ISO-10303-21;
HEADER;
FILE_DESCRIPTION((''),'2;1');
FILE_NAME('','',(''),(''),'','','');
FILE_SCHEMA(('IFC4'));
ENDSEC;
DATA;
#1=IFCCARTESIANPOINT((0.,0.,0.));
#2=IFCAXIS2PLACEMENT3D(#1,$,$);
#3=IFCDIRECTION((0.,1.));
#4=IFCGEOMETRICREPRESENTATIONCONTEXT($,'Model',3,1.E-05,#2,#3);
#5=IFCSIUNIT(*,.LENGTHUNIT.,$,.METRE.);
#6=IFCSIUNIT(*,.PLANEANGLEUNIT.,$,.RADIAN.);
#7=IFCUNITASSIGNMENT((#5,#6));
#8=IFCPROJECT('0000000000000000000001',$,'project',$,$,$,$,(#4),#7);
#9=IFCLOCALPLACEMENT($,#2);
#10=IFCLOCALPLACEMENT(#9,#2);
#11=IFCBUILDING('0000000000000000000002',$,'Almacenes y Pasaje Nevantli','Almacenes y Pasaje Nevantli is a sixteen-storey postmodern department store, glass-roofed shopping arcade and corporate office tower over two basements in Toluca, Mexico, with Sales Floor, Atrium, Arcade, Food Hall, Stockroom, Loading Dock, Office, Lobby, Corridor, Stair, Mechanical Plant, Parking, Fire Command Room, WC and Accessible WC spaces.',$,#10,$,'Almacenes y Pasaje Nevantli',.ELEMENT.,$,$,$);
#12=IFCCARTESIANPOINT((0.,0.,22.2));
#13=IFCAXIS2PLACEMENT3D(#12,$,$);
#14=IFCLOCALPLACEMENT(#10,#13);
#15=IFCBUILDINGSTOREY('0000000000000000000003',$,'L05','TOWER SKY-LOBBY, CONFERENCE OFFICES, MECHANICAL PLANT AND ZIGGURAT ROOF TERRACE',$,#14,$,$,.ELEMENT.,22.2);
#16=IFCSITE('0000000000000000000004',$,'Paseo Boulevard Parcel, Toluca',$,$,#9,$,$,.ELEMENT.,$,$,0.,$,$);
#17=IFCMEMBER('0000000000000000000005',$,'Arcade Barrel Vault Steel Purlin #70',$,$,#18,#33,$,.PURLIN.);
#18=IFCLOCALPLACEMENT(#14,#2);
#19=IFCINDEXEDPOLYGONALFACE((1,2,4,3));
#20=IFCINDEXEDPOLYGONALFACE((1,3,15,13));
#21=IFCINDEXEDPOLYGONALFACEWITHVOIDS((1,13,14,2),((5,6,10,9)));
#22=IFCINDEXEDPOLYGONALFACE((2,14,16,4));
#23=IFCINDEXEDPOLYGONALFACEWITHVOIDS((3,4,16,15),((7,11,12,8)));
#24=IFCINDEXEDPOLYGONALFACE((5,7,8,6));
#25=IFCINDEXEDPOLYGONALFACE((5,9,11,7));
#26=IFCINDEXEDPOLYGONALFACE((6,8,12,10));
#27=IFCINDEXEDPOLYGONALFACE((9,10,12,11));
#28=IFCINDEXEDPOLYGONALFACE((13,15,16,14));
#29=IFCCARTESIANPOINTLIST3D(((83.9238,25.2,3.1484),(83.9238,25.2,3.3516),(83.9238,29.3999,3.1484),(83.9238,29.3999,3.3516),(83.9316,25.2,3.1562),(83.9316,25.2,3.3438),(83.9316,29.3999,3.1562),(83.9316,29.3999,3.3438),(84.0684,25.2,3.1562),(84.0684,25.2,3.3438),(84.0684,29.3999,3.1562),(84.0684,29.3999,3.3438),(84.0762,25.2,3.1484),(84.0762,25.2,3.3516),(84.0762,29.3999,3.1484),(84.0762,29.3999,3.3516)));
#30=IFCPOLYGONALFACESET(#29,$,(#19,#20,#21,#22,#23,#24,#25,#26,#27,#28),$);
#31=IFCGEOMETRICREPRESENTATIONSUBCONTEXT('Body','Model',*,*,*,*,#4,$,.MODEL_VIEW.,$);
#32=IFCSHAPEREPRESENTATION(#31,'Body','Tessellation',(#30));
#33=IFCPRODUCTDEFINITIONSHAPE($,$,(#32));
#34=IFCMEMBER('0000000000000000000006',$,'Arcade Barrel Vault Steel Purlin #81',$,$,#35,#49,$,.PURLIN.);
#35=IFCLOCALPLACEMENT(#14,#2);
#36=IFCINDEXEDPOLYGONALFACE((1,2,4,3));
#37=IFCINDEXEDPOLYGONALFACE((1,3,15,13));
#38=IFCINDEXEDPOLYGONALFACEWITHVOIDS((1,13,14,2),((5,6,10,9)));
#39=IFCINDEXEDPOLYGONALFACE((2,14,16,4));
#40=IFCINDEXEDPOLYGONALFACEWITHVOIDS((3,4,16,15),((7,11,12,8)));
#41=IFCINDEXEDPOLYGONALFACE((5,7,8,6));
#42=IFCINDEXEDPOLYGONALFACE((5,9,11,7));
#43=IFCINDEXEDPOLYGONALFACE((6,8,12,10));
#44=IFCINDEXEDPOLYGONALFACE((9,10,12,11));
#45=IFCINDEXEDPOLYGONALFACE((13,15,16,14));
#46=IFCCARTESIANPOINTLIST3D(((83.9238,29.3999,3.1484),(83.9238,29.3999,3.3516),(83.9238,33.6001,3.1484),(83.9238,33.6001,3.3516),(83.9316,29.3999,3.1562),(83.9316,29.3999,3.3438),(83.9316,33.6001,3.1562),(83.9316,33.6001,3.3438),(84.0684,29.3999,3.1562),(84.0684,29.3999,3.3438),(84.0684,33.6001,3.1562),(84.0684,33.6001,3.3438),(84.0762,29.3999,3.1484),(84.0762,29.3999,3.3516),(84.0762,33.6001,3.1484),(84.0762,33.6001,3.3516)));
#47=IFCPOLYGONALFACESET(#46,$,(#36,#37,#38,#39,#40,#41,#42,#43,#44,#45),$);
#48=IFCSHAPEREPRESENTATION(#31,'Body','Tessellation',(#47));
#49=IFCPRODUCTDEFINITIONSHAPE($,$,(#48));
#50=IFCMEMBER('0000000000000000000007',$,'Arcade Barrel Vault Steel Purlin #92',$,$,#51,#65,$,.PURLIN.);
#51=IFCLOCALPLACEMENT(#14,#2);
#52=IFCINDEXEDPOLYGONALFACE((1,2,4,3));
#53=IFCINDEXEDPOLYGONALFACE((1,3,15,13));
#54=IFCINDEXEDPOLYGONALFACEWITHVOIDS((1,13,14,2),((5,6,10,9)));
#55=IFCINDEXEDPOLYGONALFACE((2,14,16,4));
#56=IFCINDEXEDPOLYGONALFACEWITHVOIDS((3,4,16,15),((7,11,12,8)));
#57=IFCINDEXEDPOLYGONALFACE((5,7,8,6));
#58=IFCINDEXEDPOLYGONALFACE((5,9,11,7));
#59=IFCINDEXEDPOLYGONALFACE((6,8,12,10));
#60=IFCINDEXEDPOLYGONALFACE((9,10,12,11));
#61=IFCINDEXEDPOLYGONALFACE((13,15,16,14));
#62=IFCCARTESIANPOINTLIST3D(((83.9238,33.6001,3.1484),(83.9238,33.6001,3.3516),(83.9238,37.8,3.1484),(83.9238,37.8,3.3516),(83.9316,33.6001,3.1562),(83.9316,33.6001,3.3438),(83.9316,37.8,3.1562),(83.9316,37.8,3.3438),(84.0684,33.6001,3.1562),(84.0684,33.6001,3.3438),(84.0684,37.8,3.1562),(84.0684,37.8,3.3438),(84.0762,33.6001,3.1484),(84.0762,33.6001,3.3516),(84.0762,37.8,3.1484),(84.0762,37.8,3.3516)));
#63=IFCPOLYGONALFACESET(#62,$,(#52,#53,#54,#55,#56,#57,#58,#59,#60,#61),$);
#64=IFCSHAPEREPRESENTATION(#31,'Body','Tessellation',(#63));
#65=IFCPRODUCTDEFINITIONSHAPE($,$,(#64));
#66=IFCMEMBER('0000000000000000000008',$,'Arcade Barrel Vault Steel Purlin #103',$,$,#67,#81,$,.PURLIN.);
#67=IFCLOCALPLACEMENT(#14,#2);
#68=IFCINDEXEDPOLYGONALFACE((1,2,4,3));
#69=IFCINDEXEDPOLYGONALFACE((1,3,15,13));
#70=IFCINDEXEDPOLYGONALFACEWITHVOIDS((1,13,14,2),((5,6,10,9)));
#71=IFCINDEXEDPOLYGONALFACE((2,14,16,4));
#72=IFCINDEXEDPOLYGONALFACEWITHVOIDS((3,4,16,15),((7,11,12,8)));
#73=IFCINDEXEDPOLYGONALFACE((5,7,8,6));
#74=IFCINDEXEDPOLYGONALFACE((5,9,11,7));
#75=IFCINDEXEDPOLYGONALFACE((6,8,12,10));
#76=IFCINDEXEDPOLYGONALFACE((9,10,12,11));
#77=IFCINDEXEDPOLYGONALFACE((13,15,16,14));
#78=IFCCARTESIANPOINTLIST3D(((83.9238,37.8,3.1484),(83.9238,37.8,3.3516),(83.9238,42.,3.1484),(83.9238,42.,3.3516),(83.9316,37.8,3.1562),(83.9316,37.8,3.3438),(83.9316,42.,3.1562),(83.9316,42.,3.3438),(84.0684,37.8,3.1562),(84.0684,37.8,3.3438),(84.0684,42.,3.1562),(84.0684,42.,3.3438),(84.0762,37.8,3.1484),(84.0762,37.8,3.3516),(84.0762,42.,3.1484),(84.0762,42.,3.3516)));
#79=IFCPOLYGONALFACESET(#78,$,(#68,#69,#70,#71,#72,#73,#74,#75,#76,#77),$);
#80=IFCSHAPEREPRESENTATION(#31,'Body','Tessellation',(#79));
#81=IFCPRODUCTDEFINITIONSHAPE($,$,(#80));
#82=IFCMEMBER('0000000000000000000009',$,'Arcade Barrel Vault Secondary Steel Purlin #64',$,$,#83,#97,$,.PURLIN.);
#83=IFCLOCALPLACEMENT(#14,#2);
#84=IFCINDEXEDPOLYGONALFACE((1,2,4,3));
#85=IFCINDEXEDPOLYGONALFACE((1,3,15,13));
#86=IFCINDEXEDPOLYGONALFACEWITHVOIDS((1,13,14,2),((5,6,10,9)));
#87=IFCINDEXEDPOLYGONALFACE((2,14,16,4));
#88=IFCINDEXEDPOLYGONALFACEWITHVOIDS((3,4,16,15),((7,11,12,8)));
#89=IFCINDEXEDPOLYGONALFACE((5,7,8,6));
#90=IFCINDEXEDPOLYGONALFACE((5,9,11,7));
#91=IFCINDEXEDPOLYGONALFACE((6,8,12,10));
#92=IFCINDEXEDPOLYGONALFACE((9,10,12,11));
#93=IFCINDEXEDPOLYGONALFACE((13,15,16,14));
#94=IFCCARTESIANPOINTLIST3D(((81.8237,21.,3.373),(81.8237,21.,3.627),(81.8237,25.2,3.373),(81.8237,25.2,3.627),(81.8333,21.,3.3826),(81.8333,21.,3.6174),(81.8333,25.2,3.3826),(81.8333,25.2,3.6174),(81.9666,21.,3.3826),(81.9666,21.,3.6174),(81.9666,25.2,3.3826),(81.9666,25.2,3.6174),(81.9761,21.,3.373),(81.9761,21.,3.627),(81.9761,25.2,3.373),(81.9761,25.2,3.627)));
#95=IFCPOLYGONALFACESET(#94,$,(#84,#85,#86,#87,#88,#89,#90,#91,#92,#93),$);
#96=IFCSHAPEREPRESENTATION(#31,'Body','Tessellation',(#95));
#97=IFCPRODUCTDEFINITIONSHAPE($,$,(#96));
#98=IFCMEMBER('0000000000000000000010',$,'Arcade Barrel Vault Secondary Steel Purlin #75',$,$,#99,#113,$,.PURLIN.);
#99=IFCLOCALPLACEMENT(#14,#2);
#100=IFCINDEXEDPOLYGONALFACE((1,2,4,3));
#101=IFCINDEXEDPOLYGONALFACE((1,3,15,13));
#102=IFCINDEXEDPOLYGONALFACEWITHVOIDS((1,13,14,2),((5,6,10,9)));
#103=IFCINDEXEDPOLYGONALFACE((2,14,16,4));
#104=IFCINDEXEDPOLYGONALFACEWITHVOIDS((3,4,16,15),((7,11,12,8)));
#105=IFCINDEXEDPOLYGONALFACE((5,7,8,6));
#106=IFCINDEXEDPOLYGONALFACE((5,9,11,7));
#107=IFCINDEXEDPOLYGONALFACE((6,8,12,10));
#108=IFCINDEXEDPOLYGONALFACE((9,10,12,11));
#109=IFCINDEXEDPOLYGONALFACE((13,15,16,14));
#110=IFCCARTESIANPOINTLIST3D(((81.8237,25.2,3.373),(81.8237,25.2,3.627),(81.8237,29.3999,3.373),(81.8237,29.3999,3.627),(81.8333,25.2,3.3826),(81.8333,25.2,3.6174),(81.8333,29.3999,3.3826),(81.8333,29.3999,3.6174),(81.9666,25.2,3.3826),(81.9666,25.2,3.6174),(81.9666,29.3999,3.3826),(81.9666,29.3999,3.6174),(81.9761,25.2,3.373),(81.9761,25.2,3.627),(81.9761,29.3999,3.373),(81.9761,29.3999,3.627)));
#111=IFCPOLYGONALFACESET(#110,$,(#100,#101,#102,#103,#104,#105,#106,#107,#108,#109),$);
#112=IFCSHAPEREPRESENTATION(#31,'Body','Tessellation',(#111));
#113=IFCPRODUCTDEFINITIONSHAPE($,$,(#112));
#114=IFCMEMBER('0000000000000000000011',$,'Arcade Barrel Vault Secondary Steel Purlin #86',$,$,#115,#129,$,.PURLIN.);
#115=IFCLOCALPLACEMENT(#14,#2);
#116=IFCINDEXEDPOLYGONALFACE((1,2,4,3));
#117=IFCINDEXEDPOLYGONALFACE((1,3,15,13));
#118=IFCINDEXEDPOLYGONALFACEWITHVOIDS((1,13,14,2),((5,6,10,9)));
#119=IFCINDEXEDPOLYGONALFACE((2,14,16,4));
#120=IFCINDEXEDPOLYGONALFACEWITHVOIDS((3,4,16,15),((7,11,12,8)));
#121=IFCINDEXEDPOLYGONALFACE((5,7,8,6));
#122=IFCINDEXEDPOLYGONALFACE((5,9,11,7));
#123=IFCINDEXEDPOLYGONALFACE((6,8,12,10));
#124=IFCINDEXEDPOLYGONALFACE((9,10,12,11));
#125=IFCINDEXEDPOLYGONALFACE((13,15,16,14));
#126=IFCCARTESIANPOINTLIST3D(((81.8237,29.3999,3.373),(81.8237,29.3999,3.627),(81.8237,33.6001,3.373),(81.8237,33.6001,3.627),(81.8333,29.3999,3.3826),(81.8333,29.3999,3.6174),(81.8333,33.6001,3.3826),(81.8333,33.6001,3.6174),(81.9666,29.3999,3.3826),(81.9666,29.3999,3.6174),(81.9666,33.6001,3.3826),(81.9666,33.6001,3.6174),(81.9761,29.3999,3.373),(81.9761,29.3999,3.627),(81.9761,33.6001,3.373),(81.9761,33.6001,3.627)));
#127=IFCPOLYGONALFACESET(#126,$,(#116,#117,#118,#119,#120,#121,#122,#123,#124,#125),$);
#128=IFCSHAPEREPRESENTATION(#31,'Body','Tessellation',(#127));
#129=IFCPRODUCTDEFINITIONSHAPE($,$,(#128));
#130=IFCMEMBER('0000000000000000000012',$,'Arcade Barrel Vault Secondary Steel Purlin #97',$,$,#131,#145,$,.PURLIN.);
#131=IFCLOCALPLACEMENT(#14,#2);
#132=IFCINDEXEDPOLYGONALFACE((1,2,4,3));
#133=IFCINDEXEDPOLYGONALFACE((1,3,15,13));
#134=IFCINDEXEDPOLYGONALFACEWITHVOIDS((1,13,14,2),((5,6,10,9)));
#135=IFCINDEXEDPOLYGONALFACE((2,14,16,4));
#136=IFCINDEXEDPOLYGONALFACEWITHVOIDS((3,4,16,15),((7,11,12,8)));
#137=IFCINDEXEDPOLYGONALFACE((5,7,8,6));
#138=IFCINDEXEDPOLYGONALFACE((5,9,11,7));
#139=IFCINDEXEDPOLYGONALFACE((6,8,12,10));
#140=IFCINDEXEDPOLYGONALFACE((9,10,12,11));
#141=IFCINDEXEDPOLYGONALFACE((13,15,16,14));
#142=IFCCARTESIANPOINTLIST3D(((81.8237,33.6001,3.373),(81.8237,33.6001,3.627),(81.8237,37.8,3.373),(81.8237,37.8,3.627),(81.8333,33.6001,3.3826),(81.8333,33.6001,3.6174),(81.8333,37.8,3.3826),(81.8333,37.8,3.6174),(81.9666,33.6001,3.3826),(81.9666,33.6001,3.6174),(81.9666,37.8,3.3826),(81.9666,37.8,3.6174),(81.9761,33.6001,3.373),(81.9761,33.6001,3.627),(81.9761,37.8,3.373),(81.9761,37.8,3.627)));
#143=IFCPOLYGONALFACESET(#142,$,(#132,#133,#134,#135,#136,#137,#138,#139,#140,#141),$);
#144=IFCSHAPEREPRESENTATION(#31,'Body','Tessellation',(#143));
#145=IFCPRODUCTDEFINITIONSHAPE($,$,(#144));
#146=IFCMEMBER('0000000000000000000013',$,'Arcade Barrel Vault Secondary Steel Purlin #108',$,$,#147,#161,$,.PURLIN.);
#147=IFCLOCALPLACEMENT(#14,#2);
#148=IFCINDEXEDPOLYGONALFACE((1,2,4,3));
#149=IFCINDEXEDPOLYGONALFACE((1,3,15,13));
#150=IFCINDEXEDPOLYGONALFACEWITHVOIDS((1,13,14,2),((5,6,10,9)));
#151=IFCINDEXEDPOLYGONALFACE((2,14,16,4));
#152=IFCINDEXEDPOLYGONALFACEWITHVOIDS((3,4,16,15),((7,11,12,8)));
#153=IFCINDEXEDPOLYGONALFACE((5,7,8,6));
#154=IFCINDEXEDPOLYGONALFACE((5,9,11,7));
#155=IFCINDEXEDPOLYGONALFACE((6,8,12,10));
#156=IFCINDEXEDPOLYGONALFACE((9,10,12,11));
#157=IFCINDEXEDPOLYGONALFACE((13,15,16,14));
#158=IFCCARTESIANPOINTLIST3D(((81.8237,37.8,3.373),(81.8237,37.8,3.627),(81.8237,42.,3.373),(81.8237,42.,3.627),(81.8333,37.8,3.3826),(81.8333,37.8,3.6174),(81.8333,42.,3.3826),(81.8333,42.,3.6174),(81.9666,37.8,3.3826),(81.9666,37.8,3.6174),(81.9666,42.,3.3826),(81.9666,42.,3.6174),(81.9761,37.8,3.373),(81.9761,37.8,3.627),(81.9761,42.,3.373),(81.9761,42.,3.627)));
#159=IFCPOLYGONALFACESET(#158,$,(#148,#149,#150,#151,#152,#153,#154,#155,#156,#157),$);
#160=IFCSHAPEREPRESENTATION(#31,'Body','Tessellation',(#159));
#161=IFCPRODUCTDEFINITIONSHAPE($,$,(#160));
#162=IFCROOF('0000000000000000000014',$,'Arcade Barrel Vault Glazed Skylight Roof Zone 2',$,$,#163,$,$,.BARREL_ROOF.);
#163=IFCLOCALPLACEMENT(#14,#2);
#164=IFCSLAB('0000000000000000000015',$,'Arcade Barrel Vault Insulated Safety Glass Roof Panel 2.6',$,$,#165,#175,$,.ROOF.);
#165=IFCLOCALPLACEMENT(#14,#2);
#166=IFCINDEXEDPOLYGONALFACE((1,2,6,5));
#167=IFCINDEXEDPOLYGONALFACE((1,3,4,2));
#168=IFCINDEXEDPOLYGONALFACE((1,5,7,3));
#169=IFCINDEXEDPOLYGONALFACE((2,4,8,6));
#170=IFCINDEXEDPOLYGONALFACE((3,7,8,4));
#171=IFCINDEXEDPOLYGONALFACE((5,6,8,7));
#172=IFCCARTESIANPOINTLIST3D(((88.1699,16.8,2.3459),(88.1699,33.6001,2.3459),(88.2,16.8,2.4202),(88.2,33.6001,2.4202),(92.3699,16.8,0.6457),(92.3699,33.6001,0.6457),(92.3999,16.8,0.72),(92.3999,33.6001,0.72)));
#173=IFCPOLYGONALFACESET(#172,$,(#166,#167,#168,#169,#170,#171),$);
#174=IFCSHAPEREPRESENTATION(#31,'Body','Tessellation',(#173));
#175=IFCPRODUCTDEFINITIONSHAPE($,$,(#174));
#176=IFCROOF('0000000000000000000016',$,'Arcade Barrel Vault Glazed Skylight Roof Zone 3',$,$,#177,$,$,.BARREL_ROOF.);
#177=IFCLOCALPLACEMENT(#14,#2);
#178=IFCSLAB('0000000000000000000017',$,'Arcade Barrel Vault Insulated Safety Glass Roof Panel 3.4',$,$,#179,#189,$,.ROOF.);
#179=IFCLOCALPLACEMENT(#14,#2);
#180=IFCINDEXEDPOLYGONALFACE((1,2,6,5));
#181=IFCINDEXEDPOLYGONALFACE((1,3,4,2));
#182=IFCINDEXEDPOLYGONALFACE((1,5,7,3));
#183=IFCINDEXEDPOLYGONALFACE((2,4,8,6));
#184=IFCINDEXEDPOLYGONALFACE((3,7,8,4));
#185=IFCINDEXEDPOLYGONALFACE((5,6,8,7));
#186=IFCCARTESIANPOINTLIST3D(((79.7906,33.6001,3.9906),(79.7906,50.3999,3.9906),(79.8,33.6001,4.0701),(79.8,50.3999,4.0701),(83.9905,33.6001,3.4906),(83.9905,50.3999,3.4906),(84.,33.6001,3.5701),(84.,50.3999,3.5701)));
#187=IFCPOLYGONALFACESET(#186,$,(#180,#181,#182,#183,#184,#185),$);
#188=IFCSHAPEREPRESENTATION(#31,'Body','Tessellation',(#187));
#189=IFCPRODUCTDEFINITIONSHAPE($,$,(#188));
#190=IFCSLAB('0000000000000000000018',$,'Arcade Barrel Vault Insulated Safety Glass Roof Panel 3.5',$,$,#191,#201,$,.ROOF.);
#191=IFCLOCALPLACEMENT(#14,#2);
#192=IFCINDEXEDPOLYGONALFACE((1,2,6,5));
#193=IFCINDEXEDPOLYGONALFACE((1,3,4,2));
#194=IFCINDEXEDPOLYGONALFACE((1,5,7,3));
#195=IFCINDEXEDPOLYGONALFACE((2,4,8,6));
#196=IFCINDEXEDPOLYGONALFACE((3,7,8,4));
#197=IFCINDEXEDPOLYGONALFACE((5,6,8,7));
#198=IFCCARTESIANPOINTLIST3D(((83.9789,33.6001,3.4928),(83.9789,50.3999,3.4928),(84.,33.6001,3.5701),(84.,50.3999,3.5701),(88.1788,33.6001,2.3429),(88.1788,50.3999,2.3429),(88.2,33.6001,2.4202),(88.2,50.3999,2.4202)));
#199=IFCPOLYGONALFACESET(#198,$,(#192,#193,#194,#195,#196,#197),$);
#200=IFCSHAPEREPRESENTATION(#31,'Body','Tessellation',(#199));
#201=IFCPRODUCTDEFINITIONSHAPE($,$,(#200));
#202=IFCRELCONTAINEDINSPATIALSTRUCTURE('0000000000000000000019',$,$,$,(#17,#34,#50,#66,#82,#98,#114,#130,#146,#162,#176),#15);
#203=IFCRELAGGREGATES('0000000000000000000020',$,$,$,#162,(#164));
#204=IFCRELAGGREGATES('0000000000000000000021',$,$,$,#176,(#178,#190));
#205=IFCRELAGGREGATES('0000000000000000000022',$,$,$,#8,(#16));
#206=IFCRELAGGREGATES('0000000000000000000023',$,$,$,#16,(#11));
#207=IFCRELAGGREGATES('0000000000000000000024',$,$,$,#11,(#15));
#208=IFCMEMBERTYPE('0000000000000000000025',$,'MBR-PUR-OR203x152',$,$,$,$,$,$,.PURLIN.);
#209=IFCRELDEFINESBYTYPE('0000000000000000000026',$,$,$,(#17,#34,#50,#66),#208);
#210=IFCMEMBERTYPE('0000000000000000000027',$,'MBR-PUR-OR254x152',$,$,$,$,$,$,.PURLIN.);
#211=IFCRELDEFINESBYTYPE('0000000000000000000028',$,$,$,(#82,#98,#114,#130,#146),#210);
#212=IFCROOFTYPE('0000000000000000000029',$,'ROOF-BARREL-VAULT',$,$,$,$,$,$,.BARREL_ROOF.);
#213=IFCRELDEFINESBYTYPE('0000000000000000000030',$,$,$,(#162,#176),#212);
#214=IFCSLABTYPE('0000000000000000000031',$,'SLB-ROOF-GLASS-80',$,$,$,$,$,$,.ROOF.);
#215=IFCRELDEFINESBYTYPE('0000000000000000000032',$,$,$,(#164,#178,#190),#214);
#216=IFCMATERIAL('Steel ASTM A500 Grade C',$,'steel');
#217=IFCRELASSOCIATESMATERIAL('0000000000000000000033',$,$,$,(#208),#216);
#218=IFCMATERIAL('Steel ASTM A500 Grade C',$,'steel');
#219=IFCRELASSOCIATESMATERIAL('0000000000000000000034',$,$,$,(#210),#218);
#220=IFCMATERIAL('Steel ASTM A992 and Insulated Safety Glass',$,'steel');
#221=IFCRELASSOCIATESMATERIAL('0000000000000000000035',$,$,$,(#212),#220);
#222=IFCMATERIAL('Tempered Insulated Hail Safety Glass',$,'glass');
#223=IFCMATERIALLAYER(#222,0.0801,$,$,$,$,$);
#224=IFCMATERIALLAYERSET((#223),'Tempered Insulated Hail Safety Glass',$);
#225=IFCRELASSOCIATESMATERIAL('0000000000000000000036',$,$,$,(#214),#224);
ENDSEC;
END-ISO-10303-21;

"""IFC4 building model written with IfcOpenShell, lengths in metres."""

from ifc_helpers import new_model, si_unit, direction, frame, origin, origin_2d, place, context, subcontext, project, spatial, polyline, hollow_rectangle, outline, extrude, material, layer, layer_set, material_profile, profile_set, type_object, element, aggregate, save


model = new_model("IFC4")

# Units and contexts
model_context = context("Model", 3, precision=1e-05, world=origin(), true_north=direction((0.0, 1.0)))
body_context = subcontext(model_context, "Body", "Model", "MODEL_VIEW")
ifc_project = project(units=[si_unit("LENGTHUNIT", "METRE"), si_unit("PLANEANGLEUNIT", "RADIAN")], contexts=[model_context])

# Site, building, storey
site_placement = place(None, origin())
site = spatial("IfcSite", under=ifc_project, at=site_placement, Name="Paseo Boulevard Parcel, Toluca", CompositionType="ELEMENT", RefElevation=0.0)
building_placement = place(site_placement, origin())
building = spatial("IfcBuilding", under=site, at=building_placement, Name="Almacenes y Pasaje Nevantli", Description="Almacenes y Pasaje Nevantli is a sixteen-storey postmodern department store, glass-roofed shopping arcade and corporate office tower over two basements in Toluca, Mexico, with Sales Floor, Atrium, Arcade, Food Hall, Stockroom, Loading Dock, Office, Lobby, Corridor, Stair, Mechanical Plant, Parking, Fire Command Room, WC and Accessible WC spaces.", LongName="Almacenes y Pasaje Nevantli", CompositionType="ELEMENT")
storey_placement = place(building_placement, frame((0.0, 0.0, 22.2)))
storey = spatial("IfcBuildingStorey", under=building, at=storey_placement, Name="L05", Description="TOWER SKY-LOBBY, CONFERENCE OFFICES, MECHANICAL PLANT AND ZIGGURAT ROOF TERRACE", CompositionType="ELEMENT", Elevation=22.2)

# Members
ifc_material_1 = material(Name="Steel ASTM A500 Grade C", Category="steel")
ifc_material_profile_1 = material_profile(ifc_material_1, hollow_rectangle(XDim=0.1523, YDim=0.2031, WallThickness=0.0078, at=origin_2d()), Name="OR 203x152x7.9")
ifc_profile_set_1 = profile_set([ifc_material_profile_1], Name="Steel ASTM A500 Grade C")
member_type_1 = type_object("IfcMemberType", Name="MBR-PUR-OR203x152", PredefinedType="PURLIN", material=ifc_profile_set_1)
for number, where, z_axis, x_axis, name in (
    (1, (84.0, 25.2, 3.25), (0.0, 1.0, 0.0), (-1.0, 0.0, 0.0), "Arcade Barrel Vault Steel Purlin #70"),
):
    element("IfcMember", number, at=place(storey_placement, frame(where, z_axis=z_axis, x_axis=x_axis)), inside=storey, type_object=member_type_1, Name=name, PredefinedType="PURLIN", context=body_context, shape_type="SweptSolid", body=[
        extrude(hollow_rectangle(XDim=0.1523, YDim=0.2031, WallThickness=0.0078, at=origin_2d()), origin(), (0.0, 0.0, 1.0), 4.2),
    ])
member_1_placement = place(storey_placement, frame((84.0, 29.3999, 3.25), z_axis=(0.0, 1.0, 0.0), x_axis=(-1.0, 0.0, 0.0)))
element("IfcMember", 2, at=member_1_placement, inside=storey, type_object=member_type_1, Name="Arcade Barrel Vault Steel Purlin #81", PredefinedType="PURLIN", context=body_context, shape_type="SweptSolid", body=[
    extrude(hollow_rectangle(XDim=0.1523, YDim=0.2031, WallThickness=0.0078, at=origin_2d()), origin(), (0.0, 0.0, 1.0), 4.2002),
])
for number, where, z_axis, x_axis, name in (
    (3, (84.0, 33.6001, 3.25), (0.0, 1.0, 0.0), (-1.0, 0.0, 0.0), "Arcade Barrel Vault Steel Purlin #92"),
    (4, (84.0, 37.8, 3.25), (0.0, 1.0, 0.0), (-1.0, 0.0, 0.0), "Arcade Barrel Vault Steel Purlin #103"),
):
    element("IfcMember", number, at=place(storey_placement, frame(where, z_axis=z_axis, x_axis=x_axis)), inside=storey, type_object=member_type_1, Name=name, PredefinedType="PURLIN", context=body_context, shape_type="SweptSolid", body=[
        extrude(hollow_rectangle(XDim=0.1523, YDim=0.2031, WallThickness=0.0078, at=origin_2d()), origin(), (0.0, 0.0, 1.0), 4.2),
    ])
ifc_material_2 = material(Name="Steel ASTM A500 Grade C", Category="steel")
ifc_material_profile_2 = material_profile(ifc_material_2, hollow_rectangle(XDim=0.1523, YDim=0.2539, WallThickness=0.0095, at=origin_2d()), Name="OR 254x152x9.5")
ifc_profile_set_2 = profile_set([ifc_material_profile_2], Name="Steel ASTM A500 Grade C")
member_type_2 = type_object("IfcMemberType", Name="MBR-PUR-OR254x152", PredefinedType="PURLIN", material=ifc_profile_set_2)
for number, where, z_axis, x_axis, name in (
    (5, (81.8999, 21.0, 3.5), (0.0, 1.0, 0.0), (-1.0, 0.0, 0.0), "Arcade Barrel Vault Secondary Steel Purlin #64"),
    (6, (81.8999, 25.2, 3.5), (0.0, 1.0, 0.0), (-1.0, 0.0, 0.0), "Arcade Barrel Vault Secondary Steel Purlin #75"),
):
    element("IfcMember", number, at=place(storey_placement, frame(where, z_axis=z_axis, x_axis=x_axis)), inside=storey, type_object=member_type_2, Name=name, PredefinedType="PURLIN", context=body_context, shape_type="SweptSolid", body=[
        extrude(hollow_rectangle(XDim=0.1523, YDim=0.2539, WallThickness=0.0095, at=origin_2d()), origin(), (0.0, 0.0, 1.0), 4.2),
    ])
member_2_placement = place(storey_placement, frame((81.8999, 29.3999, 3.5), z_axis=(0.0, 1.0, 0.0), x_axis=(-1.0, 0.0, 0.0)))
element("IfcMember", 7, at=member_2_placement, inside=storey, type_object=member_type_2, Name="Arcade Barrel Vault Secondary Steel Purlin #86", PredefinedType="PURLIN", context=body_context, shape_type="SweptSolid", body=[
    extrude(hollow_rectangle(XDim=0.1523, YDim=0.2539, WallThickness=0.0095, at=origin_2d()), origin(), (0.0, 0.0, 1.0), 4.2002),
])
for number, where, z_axis, x_axis, name in (
    (8, (81.8999, 33.6001, 3.5), (0.0, 1.0, 0.0), (-1.0, 0.0, 0.0), "Arcade Barrel Vault Secondary Steel Purlin #97"),
    (9, (81.8999, 37.8, 3.5), (0.0, 1.0, 0.0), (-1.0, 0.0, 0.0), "Arcade Barrel Vault Secondary Steel Purlin #108"),
):
    element("IfcMember", number, at=place(storey_placement, frame(where, z_axis=z_axis, x_axis=x_axis)), inside=storey, type_object=member_type_2, Name=name, PredefinedType="PURLIN", context=body_context, shape_type="SweptSolid", body=[
        extrude(hollow_rectangle(XDim=0.1523, YDim=0.2539, WallThickness=0.0095, at=origin_2d()), origin(), (0.0, 0.0, 1.0), 4.2),
    ])

# Roof, slab
ifc_material_3 = material(Name="Steel ASTM A992 and Insulated Safety Glass", Category="steel")
roof_type = type_object("IfcRoofType", Name="ROOF-BARREL-VAULT", PredefinedType="BARREL_ROOF", material=ifc_material_3)
roof_1_placement = place(storey_placement, origin())
roof_1 = element("IfcRoof", 10, at=roof_1_placement, inside=storey, type_object=roof_type, Name="Arcade Barrel Vault Glazed Skylight Roof Zone 2", PredefinedType="BARREL_ROOF")
ifc_material_4 = material(Name="Tempered Insulated Hail Safety Glass", Category="glass")
ifc_layer = layer(ifc_material_4, 0.0801)
ifc_layer_set = layer_set([ifc_layer], Name="Tempered Insulated Hail Safety Glass")
slab_type = type_object("IfcSlabType", Name="SLB-ROOF-GLASS-80", PredefinedType="ROOF", material=ifc_layer_set)
slab_1_placement = place(storey_placement, frame((88.2, 16.8, 2.4202), z_axis=(0.375234, 0.0, 0.92693), x_axis=(0.92693, 0.0, -0.375234)))
slab_1 = element("IfcSlab", 11, at=slab_1_placement, type_object=slab_type, Name="Arcade Barrel Vault Insulated Safety Glass Roof Panel 2.6", PredefinedType="ROOF", context=body_context, shape_type="SweptSolid", body=[
    extrude(outline(polyline([(0.0, 0.0), (4.531, 0.0), (4.531, 16.8), (0.0, 16.8), (0.0, 0.0)])), origin(), (0.0, 0.0, -1.0), 0.0801),
])
aggregate(roof_1, [slab_1])

# Roof, slabs
roof_2_placement = place(storey_placement, origin())
roof_2 = element("IfcRoof", 12, at=roof_2_placement, inside=storey, type_object=roof_type, Name="Arcade Barrel Vault Glazed Skylight Roof Zone 3", PredefinedType="BARREL_ROOF")
slab_2_placement = place(storey_placement, frame((79.8, 33.6001, 4.0701), z_axis=(0.118214, 0.0, 0.992988), x_axis=(0.992988, 0.0, -0.118214)))
slab_2 = element("IfcSlab", 13, at=slab_2_placement, type_object=slab_type, Name="Arcade Barrel Vault Insulated Safety Glass Roof Panel 3.4", PredefinedType="ROOF", context=body_context, shape_type="SweptSolid", body=[
    extrude(outline(polyline([(0.0, 0.0), (4.2296, 0.0), (4.2296, 16.7998), (0.0, 16.7998), (0.0, 0.0)])), origin(), (0.0, 0.0, -1.0), 0.0801),
])
slab_3_placement = place(storey_placement, frame((84.0, 33.6001, 3.5701), z_axis=(0.264071, 0.0, 0.964503), x_axis=(0.964503, 0.0, -0.264071)))
slab_3 = element("IfcSlab", 14, at=slab_3_placement, type_object=slab_type, Name="Arcade Barrel Vault Insulated Safety Glass Roof Panel 3.5", PredefinedType="ROOF", context=body_context, shape_type="SweptSolid", body=[
    extrude(outline(polyline([(0.0, 0.0), (4.3545, 0.0), (4.3545, 16.7998), (0.0, 16.7998), (0.0, 0.0)])), origin(), (0.0, 0.0, -1.0), 0.0801),
])
aggregate(roof_2, [slab_2, slab_3])

save(model, "model.ifc")
